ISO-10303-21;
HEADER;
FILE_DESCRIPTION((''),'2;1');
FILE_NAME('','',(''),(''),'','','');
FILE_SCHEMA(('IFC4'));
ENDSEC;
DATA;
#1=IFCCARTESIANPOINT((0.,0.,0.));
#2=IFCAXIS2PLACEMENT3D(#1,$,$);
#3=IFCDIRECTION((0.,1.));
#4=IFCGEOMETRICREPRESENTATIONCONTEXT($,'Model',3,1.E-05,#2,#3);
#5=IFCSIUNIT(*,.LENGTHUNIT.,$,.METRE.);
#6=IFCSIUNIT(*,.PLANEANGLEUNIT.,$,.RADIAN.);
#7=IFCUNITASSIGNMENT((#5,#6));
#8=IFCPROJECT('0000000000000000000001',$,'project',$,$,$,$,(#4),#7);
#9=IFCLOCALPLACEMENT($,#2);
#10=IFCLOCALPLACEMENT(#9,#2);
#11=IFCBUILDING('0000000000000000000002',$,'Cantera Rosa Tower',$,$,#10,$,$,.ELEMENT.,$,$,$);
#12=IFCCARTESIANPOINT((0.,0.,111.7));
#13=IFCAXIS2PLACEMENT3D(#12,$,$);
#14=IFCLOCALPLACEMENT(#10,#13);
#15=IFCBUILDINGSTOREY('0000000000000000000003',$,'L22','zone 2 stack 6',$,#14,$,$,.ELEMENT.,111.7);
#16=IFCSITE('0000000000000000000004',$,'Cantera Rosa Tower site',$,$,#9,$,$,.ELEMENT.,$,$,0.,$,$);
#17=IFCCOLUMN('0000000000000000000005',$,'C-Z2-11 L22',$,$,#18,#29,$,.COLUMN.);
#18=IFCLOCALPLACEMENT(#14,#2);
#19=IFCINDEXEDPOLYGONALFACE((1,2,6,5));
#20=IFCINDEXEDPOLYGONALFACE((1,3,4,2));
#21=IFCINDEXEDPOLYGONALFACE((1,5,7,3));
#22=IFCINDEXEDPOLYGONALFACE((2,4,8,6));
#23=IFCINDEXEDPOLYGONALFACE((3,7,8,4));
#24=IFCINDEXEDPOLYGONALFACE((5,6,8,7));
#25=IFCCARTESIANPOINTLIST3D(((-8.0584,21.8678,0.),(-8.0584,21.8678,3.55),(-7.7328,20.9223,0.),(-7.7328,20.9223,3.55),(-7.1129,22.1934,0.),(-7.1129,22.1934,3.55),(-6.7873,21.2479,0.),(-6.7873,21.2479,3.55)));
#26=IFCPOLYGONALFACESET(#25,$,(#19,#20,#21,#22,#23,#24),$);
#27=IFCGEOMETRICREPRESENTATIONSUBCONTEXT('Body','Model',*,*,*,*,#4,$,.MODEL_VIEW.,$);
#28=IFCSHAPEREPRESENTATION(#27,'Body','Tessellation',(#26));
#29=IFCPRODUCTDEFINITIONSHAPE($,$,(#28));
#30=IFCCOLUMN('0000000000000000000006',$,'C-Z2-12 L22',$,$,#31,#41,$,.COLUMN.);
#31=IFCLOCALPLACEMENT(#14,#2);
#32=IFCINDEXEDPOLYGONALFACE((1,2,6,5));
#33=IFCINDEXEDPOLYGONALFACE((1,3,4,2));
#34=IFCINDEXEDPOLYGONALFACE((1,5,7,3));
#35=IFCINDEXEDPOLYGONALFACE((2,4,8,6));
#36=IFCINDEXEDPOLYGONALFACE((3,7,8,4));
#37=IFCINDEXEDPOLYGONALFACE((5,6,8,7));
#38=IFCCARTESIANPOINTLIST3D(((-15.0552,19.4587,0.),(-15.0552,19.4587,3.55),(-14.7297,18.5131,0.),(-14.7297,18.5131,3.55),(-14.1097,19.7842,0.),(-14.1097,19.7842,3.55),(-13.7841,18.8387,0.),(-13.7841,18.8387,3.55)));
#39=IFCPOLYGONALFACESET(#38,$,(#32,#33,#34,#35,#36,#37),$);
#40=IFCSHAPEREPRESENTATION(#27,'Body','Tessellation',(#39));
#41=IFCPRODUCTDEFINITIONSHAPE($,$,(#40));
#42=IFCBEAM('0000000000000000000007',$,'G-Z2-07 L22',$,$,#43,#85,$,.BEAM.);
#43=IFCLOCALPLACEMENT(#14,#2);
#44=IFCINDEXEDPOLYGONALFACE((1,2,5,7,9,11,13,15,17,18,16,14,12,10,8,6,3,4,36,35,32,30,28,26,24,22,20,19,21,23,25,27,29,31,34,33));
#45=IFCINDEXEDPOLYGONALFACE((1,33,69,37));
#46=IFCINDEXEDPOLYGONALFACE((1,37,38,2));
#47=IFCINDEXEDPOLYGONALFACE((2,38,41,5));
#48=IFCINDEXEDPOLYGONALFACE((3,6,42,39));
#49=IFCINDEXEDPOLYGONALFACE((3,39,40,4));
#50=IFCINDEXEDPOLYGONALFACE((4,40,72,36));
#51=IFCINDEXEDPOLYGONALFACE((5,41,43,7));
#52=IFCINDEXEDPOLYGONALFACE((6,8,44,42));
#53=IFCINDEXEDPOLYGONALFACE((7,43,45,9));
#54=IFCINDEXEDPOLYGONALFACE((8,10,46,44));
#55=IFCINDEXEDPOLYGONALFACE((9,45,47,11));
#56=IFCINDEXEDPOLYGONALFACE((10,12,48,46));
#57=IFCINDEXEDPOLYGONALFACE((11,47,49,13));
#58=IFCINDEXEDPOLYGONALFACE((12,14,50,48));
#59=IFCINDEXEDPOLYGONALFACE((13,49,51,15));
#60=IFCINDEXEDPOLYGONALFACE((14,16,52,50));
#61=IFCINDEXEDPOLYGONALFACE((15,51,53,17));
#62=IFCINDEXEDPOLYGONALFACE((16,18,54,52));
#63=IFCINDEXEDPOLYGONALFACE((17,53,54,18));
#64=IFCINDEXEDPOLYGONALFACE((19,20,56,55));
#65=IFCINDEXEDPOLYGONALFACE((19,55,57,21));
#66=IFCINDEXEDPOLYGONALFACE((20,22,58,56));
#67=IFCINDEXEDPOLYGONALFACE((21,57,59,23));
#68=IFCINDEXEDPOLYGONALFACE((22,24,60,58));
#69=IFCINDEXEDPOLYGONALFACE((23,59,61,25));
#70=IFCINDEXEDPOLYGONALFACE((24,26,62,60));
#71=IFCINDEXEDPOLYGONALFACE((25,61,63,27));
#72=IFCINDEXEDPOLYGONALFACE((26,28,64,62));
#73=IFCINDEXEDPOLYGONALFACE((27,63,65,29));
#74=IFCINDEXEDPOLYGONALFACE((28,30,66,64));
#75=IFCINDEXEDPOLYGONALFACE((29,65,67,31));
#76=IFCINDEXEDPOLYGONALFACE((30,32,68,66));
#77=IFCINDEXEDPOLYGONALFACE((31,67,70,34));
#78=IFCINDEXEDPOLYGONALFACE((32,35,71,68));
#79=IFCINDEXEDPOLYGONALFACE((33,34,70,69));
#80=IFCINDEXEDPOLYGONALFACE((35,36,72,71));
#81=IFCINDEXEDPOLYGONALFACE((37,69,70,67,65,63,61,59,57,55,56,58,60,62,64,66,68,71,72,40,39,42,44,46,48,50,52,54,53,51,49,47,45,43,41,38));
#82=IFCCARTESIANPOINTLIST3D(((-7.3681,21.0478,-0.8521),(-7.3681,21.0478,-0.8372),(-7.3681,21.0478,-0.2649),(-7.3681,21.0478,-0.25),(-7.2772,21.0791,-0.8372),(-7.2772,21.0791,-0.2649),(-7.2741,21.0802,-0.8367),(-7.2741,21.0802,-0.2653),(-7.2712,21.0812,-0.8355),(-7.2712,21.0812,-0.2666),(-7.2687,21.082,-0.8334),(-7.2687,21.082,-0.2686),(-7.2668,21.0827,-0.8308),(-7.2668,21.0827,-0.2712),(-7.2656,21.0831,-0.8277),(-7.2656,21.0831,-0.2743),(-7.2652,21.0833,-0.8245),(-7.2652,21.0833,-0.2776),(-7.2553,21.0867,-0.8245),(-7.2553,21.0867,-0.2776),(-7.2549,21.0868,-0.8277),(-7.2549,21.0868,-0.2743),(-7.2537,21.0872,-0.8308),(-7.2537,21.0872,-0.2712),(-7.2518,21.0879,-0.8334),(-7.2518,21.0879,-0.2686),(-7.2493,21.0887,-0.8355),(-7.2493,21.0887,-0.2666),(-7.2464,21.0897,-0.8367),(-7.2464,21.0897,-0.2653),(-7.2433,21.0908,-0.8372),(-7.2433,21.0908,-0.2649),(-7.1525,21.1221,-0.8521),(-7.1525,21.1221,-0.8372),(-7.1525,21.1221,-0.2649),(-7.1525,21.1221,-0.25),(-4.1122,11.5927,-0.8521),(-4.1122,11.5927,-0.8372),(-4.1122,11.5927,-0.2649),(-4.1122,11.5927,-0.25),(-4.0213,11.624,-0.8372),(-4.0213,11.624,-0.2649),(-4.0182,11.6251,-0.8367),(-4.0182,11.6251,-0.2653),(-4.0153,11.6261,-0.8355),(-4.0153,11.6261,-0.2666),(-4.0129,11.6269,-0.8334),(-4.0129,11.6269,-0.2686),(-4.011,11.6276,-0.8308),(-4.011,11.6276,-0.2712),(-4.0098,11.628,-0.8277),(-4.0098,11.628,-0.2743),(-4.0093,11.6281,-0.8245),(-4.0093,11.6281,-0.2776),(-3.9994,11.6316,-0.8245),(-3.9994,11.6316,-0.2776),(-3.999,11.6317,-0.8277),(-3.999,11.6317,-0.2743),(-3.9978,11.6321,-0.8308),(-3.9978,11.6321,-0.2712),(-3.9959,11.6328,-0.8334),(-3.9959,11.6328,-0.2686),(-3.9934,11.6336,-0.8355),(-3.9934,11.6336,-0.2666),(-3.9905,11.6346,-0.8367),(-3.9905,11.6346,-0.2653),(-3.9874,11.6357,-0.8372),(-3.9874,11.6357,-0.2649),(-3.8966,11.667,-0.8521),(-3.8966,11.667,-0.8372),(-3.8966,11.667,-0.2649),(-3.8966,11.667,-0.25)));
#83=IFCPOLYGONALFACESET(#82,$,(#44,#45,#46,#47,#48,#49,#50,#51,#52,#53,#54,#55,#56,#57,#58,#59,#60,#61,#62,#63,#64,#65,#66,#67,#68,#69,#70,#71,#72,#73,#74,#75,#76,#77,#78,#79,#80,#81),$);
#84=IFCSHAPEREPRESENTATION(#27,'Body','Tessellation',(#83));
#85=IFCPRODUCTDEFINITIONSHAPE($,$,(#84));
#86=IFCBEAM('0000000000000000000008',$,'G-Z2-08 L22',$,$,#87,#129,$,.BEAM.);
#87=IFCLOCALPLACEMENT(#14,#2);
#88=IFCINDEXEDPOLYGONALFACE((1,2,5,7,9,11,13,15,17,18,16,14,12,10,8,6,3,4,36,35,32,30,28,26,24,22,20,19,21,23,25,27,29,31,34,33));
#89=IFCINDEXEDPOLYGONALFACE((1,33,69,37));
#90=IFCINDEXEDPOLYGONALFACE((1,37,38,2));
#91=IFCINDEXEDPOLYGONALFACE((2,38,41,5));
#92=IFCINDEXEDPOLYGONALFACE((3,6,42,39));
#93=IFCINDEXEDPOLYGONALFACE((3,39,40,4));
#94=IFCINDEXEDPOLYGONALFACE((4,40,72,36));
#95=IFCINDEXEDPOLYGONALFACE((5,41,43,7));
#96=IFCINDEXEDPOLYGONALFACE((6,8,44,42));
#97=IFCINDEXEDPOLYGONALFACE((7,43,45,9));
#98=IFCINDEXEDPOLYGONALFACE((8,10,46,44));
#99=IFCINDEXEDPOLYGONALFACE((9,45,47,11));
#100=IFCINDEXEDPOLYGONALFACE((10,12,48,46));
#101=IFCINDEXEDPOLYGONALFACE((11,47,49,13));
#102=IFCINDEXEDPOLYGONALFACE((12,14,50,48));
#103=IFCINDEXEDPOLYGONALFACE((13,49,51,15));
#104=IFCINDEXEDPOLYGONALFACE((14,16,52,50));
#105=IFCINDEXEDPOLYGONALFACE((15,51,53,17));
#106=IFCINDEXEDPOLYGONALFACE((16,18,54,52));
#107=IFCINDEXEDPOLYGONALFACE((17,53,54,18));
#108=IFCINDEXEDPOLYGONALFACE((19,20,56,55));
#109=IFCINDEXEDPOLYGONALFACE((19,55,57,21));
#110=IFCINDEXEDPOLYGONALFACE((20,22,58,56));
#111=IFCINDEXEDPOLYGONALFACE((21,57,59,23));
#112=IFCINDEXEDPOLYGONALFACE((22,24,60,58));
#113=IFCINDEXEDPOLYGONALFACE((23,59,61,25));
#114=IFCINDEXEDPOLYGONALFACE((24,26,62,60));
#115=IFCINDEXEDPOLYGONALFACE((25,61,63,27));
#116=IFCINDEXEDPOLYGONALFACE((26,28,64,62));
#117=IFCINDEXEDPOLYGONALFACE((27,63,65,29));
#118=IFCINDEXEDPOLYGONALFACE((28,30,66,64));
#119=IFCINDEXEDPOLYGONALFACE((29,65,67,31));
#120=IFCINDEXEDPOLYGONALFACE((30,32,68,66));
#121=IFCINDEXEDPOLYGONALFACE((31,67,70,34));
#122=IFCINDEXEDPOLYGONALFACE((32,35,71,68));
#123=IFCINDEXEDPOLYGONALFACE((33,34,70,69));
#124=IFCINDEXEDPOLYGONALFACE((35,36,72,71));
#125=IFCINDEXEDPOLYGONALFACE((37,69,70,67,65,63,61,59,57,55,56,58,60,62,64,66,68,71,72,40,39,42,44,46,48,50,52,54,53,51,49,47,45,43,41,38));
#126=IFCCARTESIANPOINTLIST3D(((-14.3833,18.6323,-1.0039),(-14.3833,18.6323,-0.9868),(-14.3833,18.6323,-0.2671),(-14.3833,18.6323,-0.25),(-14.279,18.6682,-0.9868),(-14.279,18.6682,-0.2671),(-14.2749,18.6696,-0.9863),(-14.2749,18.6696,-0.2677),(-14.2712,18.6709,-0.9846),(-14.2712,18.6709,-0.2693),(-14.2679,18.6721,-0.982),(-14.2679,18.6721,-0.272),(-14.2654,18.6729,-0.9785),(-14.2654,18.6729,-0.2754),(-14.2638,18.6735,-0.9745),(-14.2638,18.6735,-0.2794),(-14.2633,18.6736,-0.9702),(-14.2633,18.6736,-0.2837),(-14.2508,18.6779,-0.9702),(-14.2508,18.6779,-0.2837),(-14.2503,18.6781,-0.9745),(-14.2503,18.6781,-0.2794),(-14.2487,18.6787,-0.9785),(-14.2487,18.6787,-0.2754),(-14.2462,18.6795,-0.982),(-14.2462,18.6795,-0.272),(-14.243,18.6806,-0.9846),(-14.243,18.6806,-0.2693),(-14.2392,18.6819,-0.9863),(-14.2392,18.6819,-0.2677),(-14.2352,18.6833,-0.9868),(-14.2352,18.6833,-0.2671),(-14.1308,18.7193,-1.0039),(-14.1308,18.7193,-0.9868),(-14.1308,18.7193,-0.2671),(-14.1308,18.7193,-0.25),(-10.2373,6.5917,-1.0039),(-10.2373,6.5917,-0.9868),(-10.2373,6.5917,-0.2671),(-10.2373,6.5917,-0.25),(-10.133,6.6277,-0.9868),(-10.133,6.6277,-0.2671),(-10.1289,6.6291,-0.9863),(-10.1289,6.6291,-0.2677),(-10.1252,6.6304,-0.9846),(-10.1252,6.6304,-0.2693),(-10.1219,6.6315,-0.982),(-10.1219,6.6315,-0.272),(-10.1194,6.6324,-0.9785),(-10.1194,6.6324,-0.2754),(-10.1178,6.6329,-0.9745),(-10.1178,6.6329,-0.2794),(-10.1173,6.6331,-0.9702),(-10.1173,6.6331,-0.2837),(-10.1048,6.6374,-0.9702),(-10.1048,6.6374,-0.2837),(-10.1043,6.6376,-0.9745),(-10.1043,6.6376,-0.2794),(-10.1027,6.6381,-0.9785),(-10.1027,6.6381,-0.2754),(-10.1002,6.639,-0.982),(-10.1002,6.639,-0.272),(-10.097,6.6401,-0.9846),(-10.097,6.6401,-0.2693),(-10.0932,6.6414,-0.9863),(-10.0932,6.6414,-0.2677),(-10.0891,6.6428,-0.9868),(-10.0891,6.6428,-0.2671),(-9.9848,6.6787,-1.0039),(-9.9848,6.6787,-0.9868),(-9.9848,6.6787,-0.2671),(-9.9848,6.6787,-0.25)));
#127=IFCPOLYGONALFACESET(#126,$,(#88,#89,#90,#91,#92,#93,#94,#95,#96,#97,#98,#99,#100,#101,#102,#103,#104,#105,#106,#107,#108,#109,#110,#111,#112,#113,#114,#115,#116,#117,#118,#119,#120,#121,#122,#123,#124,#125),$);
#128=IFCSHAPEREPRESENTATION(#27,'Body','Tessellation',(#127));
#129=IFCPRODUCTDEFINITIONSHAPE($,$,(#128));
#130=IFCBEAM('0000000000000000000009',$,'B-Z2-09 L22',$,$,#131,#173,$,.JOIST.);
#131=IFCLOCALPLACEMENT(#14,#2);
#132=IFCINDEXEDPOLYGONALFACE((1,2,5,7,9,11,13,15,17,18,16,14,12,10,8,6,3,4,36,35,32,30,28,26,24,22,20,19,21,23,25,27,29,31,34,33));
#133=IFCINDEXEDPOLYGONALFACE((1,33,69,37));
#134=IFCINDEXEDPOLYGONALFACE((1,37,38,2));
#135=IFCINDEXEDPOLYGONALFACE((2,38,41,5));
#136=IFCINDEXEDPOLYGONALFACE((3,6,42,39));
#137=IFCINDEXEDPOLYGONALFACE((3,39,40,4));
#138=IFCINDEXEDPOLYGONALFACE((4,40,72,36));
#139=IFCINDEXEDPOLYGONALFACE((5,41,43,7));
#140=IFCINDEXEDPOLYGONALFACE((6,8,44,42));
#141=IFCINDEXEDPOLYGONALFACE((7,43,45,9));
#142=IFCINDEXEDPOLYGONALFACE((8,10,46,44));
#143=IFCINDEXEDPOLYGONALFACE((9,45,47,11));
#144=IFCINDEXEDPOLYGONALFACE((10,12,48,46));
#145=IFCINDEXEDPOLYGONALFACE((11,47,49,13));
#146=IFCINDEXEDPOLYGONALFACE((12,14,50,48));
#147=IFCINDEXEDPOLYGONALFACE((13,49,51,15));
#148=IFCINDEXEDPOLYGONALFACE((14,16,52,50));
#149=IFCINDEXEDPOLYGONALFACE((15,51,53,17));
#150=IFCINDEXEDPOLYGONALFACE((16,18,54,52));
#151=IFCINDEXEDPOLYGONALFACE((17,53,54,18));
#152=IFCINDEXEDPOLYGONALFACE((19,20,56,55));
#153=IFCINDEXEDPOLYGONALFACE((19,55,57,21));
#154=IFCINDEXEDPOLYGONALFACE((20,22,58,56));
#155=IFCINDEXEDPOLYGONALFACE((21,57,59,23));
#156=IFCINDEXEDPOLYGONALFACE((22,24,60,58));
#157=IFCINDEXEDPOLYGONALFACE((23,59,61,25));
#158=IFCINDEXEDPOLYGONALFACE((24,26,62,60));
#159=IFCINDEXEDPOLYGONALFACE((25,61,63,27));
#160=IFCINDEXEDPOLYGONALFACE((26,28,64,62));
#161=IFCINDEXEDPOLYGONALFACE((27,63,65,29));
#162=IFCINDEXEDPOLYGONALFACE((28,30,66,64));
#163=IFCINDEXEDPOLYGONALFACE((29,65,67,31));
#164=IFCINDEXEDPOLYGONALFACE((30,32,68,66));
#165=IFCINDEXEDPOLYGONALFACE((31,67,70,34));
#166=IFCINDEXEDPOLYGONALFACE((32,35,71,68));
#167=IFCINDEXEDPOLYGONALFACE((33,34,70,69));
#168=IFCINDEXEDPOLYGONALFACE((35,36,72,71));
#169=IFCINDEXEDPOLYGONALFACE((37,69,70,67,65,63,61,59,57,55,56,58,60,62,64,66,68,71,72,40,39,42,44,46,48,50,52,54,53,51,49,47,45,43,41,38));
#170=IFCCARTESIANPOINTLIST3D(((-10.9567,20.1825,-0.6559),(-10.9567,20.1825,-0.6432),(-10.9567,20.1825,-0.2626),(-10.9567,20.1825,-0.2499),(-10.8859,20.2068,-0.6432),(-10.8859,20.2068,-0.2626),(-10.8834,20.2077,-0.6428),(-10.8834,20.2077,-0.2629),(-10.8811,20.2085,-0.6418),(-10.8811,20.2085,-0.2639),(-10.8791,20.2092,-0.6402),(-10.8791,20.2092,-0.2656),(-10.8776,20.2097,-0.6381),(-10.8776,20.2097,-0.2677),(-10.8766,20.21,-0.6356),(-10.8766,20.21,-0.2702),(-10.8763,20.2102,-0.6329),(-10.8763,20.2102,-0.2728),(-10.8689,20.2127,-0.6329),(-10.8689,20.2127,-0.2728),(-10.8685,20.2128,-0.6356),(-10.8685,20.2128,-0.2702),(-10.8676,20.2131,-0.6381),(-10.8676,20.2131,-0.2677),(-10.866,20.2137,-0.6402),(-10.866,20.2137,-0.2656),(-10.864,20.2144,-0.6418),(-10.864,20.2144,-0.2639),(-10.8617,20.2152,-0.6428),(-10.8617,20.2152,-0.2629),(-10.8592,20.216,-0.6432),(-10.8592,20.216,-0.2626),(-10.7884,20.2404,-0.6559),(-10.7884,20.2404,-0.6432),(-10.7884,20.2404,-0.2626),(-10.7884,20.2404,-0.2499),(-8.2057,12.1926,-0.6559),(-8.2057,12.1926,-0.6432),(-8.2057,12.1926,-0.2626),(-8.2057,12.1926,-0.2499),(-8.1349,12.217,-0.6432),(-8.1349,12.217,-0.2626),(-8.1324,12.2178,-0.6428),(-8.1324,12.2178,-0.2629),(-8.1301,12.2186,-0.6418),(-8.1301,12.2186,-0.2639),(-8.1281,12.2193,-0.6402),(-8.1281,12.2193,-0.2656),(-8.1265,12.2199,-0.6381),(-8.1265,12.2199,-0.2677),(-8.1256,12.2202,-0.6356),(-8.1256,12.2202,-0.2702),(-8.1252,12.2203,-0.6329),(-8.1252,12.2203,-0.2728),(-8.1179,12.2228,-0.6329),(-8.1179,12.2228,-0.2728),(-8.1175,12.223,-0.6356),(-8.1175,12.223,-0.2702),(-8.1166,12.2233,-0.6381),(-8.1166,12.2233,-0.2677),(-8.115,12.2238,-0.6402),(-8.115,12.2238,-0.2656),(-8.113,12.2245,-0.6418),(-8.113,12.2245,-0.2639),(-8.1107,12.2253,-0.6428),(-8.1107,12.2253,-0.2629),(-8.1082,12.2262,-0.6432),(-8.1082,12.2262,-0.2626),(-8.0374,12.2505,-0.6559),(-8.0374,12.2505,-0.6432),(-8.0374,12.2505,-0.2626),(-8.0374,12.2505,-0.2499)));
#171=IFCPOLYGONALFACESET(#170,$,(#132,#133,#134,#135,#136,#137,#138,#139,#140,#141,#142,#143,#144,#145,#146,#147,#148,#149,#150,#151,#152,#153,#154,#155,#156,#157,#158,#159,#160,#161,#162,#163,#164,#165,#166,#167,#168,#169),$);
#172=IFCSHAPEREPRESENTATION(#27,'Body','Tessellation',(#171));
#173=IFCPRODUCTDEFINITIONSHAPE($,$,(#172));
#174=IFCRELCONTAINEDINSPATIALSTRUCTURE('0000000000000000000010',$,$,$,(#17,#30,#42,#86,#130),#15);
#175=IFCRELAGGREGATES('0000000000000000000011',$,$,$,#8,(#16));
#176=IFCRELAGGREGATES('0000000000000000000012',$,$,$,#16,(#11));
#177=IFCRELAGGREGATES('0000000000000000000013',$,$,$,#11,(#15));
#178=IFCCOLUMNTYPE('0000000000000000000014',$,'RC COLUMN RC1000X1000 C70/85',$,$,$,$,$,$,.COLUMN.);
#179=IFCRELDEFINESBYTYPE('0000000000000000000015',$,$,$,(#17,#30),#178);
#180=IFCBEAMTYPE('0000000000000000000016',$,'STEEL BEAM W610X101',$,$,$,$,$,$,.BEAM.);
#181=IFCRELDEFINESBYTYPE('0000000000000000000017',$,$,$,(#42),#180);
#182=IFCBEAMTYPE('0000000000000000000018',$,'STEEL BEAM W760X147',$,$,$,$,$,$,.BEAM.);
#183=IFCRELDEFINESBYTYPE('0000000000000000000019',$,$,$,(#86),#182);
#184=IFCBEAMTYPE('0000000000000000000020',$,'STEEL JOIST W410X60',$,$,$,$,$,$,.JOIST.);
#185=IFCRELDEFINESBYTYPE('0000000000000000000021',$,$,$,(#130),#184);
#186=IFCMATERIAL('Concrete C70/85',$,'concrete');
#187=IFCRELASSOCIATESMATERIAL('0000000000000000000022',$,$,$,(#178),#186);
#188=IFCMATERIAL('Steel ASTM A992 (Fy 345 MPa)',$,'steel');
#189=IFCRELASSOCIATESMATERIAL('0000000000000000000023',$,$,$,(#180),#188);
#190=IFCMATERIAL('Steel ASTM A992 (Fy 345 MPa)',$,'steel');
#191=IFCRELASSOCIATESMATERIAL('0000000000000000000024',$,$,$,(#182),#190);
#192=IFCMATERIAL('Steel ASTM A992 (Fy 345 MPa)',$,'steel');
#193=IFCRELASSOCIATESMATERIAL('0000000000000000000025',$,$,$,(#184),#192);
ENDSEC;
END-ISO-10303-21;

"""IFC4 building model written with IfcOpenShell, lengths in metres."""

from ifc_helpers import new_model, si_unit, direction, frame, origin, origin_2d, place, context, subcontext, project, spatial, rectangle, i_section, extrude, material, material_profile, profile_set, type_object, element, save


model = new_model("IFC4")

# Units and contexts
model_context = context("Model", 3, precision=1e-05, world=origin(), true_north=direction((0.0, 1.0)))
body_context = subcontext(model_context, "Body", "Model", "MODEL_VIEW")
ifc_project = project(units=[si_unit("LENGTHUNIT", "METRE"), si_unit("PLANEANGLEUNIT", "RADIAN")], contexts=[model_context])

# Site, building, storey
site_placement = place(None, origin())
site = spatial("IfcSite", under=ifc_project, at=site_placement, Name="Cantera Rosa Tower site", CompositionType="ELEMENT", RefElevation=0.0)
building_placement = place(site_placement, origin())
building = spatial("IfcBuilding", under=site, at=building_placement, Name="Cantera Rosa Tower", CompositionType="ELEMENT")
storey_placement = place(building_placement, frame((0.0, 0.0, 111.7)))
storey = spatial("IfcBuildingStorey", under=building, at=storey_placement, Name="L22", Description="zone 2 stack 6", CompositionType="ELEMENT", Elevation=111.7)

# Columns
ifc_material_1 = material(Name="Concrete C70/85", Category="concrete")
ifc_material_profile_1 = material_profile(ifc_material_1, rectangle(XDim=1.0, YDim=1.0, at=origin_2d()), Name="RC COLUMN RC1000X1000 C70/85")
ifc_profile_set_1 = profile_set([ifc_material_profile_1], Name="Concrete C70/85")
column_type = type_object("IfcColumnType", Name="RC COLUMN RC1000X1000 C70/85", PredefinedType="COLUMN", material=ifc_profile_set_1)
for number, where, z_axis, x_axis, name in (
    (1, (-7.4229, 21.5579, 0.0), (0.0, 0.0, 1.0), (0.945519, 0.325568, 0.0), "C-Z2-11 L22"),
    (2, (-14.4197, 19.1487, 0.0), (0.0, 0.0, 1.0), (0.945519, 0.325568, 0.0), "C-Z2-12 L22"),
):
    element("IfcColumn", number, at=place(storey_placement, frame(where, z_axis=z_axis, x_axis=x_axis)), inside=storey, type_object=column_type, Name=name, PredefinedType="COLUMN", context=body_context, shape_type="SweptSolid", body=[
        extrude(rectangle(XDim=1.0, YDim=1.0, at=origin_2d()), origin(), (0.0, 0.0, 1.0), 3.55),
    ])

# Beams
ifc_material_2 = material(Name="Steel ASTM A992 (Fy 345 MPa)", Category="steel")
ifc_material_profile_2 = material_profile(ifc_material_2, i_section(OverallWidth=0.228, OverallDepth=0.6021, WebThickness=0.0105, FlangeThickness=0.0149, FilletRadius=0.0127, at=origin_2d()), Name="W610X101")
ifc_profile_set_2 = profile_set([ifc_material_profile_2], Name="Steel ASTM A992 (Fy 345 MPa)")
beam_type_1 = type_object("IfcBeamType", Name="STEEL BEAM W610X101", PredefinedType="BEAM", material=ifc_profile_set_2)
beam_1_placement = place(storey_placement, frame((-7.2603, 21.085, -0.551), z_axis=(0.325587, -0.945512, 0.0), x_axis=(0.945512, 0.325587, 0.0)))
element("IfcBeam", 3, at=beam_1_placement, inside=storey, type_object=beam_type_1, Name="G-Z2-07 L22", PredefinedType="BEAM", context=body_context, shape_type="SweptSolid", body=[
    extrude(i_section(OverallWidth=0.228, OverallDepth=0.6021, WebThickness=0.0105, FlangeThickness=0.0149, FilletRadius=0.0127, at=origin_2d()), origin(), (0.0, 0.0, 1.0), 10.0),
])
ifc_material_3 = material(Name="Steel ASTM A992 (Fy 345 MPa)", Category="steel")
ifc_material_profile_3 = material_profile(ifc_material_3, i_section(OverallWidth=0.2671, OverallDepth=0.7539, WebThickness=0.0132, FlangeThickness=0.0171, FilletRadius=0.0166, at=origin_2d()), Name="W760X147")
ifc_profile_set_3 = profile_set([ifc_material_profile_3], Name="Steel ASTM A992 (Fy 345 MPa)")
beam_type_2 = type_object("IfcBeamType", Name="STEEL BEAM W760X147", PredefinedType="BEAM", material=ifc_profile_set_3)
beam_2_placement = place(storey_placement, frame((-14.2571, 18.6758, -0.627), z_axis=(0.325576, -0.945516, 0.0), x_axis=(0.945516, 0.325576, 0.0)))
element("IfcBeam", 4, at=beam_2_placement, inside=storey, type_object=beam_type_2, Name="G-Z2-08 L22", PredefinedType="BEAM", context=body_context, shape_type="SweptSolid", body=[
    extrude(i_section(OverallWidth=0.2671, OverallDepth=0.7539, WebThickness=0.0132, FlangeThickness=0.0171, FilletRadius=0.0166, at=origin_2d()), origin(), (0.0, 0.0, 1.0), 12.7344),
])
ifc_material_4 = material(Name="Steel ASTM A992 (Fy 345 MPa)", Category="steel")
ifc_material_profile_4 = material_profile(ifc_material_4, i_section(OverallWidth=0.178, OverallDepth=0.406, WebThickness=0.0078, FlangeThickness=0.0127, FilletRadius=0.0103, at=origin_2d()), Name="W410X60")
ifc_profile_set_4 = profile_set([ifc_material_profile_4], Name="Steel ASTM A992 (Fy 345 MPa)")
beam_type_3 = type_object("IfcBeamType", Name="STEEL JOIST W410X60", PredefinedType="JOIST", material=ifc_profile_set_4)
beam_3_placement = place(storey_placement, frame((-10.8726, 20.2114, -0.4529), z_axis=(0.325556, -0.945523, 0.0), x_axis=(0.945523, 0.325556, 0.0)))
element("IfcBeam", 5, at=beam_3_placement, inside=storey, type_object=beam_type_3, Name="B-Z2-09 L22", PredefinedType="JOIST", context=body_context, shape_type="SweptSolid", body=[
    extrude(i_section(OverallWidth=0.178, OverallDepth=0.406, WebThickness=0.0078, FlangeThickness=0.0127, FilletRadius=0.0103, at=origin_2d()), origin(), (0.0, 0.0, 1.0), 8.4502),
])

save(model, "model.ifc")
